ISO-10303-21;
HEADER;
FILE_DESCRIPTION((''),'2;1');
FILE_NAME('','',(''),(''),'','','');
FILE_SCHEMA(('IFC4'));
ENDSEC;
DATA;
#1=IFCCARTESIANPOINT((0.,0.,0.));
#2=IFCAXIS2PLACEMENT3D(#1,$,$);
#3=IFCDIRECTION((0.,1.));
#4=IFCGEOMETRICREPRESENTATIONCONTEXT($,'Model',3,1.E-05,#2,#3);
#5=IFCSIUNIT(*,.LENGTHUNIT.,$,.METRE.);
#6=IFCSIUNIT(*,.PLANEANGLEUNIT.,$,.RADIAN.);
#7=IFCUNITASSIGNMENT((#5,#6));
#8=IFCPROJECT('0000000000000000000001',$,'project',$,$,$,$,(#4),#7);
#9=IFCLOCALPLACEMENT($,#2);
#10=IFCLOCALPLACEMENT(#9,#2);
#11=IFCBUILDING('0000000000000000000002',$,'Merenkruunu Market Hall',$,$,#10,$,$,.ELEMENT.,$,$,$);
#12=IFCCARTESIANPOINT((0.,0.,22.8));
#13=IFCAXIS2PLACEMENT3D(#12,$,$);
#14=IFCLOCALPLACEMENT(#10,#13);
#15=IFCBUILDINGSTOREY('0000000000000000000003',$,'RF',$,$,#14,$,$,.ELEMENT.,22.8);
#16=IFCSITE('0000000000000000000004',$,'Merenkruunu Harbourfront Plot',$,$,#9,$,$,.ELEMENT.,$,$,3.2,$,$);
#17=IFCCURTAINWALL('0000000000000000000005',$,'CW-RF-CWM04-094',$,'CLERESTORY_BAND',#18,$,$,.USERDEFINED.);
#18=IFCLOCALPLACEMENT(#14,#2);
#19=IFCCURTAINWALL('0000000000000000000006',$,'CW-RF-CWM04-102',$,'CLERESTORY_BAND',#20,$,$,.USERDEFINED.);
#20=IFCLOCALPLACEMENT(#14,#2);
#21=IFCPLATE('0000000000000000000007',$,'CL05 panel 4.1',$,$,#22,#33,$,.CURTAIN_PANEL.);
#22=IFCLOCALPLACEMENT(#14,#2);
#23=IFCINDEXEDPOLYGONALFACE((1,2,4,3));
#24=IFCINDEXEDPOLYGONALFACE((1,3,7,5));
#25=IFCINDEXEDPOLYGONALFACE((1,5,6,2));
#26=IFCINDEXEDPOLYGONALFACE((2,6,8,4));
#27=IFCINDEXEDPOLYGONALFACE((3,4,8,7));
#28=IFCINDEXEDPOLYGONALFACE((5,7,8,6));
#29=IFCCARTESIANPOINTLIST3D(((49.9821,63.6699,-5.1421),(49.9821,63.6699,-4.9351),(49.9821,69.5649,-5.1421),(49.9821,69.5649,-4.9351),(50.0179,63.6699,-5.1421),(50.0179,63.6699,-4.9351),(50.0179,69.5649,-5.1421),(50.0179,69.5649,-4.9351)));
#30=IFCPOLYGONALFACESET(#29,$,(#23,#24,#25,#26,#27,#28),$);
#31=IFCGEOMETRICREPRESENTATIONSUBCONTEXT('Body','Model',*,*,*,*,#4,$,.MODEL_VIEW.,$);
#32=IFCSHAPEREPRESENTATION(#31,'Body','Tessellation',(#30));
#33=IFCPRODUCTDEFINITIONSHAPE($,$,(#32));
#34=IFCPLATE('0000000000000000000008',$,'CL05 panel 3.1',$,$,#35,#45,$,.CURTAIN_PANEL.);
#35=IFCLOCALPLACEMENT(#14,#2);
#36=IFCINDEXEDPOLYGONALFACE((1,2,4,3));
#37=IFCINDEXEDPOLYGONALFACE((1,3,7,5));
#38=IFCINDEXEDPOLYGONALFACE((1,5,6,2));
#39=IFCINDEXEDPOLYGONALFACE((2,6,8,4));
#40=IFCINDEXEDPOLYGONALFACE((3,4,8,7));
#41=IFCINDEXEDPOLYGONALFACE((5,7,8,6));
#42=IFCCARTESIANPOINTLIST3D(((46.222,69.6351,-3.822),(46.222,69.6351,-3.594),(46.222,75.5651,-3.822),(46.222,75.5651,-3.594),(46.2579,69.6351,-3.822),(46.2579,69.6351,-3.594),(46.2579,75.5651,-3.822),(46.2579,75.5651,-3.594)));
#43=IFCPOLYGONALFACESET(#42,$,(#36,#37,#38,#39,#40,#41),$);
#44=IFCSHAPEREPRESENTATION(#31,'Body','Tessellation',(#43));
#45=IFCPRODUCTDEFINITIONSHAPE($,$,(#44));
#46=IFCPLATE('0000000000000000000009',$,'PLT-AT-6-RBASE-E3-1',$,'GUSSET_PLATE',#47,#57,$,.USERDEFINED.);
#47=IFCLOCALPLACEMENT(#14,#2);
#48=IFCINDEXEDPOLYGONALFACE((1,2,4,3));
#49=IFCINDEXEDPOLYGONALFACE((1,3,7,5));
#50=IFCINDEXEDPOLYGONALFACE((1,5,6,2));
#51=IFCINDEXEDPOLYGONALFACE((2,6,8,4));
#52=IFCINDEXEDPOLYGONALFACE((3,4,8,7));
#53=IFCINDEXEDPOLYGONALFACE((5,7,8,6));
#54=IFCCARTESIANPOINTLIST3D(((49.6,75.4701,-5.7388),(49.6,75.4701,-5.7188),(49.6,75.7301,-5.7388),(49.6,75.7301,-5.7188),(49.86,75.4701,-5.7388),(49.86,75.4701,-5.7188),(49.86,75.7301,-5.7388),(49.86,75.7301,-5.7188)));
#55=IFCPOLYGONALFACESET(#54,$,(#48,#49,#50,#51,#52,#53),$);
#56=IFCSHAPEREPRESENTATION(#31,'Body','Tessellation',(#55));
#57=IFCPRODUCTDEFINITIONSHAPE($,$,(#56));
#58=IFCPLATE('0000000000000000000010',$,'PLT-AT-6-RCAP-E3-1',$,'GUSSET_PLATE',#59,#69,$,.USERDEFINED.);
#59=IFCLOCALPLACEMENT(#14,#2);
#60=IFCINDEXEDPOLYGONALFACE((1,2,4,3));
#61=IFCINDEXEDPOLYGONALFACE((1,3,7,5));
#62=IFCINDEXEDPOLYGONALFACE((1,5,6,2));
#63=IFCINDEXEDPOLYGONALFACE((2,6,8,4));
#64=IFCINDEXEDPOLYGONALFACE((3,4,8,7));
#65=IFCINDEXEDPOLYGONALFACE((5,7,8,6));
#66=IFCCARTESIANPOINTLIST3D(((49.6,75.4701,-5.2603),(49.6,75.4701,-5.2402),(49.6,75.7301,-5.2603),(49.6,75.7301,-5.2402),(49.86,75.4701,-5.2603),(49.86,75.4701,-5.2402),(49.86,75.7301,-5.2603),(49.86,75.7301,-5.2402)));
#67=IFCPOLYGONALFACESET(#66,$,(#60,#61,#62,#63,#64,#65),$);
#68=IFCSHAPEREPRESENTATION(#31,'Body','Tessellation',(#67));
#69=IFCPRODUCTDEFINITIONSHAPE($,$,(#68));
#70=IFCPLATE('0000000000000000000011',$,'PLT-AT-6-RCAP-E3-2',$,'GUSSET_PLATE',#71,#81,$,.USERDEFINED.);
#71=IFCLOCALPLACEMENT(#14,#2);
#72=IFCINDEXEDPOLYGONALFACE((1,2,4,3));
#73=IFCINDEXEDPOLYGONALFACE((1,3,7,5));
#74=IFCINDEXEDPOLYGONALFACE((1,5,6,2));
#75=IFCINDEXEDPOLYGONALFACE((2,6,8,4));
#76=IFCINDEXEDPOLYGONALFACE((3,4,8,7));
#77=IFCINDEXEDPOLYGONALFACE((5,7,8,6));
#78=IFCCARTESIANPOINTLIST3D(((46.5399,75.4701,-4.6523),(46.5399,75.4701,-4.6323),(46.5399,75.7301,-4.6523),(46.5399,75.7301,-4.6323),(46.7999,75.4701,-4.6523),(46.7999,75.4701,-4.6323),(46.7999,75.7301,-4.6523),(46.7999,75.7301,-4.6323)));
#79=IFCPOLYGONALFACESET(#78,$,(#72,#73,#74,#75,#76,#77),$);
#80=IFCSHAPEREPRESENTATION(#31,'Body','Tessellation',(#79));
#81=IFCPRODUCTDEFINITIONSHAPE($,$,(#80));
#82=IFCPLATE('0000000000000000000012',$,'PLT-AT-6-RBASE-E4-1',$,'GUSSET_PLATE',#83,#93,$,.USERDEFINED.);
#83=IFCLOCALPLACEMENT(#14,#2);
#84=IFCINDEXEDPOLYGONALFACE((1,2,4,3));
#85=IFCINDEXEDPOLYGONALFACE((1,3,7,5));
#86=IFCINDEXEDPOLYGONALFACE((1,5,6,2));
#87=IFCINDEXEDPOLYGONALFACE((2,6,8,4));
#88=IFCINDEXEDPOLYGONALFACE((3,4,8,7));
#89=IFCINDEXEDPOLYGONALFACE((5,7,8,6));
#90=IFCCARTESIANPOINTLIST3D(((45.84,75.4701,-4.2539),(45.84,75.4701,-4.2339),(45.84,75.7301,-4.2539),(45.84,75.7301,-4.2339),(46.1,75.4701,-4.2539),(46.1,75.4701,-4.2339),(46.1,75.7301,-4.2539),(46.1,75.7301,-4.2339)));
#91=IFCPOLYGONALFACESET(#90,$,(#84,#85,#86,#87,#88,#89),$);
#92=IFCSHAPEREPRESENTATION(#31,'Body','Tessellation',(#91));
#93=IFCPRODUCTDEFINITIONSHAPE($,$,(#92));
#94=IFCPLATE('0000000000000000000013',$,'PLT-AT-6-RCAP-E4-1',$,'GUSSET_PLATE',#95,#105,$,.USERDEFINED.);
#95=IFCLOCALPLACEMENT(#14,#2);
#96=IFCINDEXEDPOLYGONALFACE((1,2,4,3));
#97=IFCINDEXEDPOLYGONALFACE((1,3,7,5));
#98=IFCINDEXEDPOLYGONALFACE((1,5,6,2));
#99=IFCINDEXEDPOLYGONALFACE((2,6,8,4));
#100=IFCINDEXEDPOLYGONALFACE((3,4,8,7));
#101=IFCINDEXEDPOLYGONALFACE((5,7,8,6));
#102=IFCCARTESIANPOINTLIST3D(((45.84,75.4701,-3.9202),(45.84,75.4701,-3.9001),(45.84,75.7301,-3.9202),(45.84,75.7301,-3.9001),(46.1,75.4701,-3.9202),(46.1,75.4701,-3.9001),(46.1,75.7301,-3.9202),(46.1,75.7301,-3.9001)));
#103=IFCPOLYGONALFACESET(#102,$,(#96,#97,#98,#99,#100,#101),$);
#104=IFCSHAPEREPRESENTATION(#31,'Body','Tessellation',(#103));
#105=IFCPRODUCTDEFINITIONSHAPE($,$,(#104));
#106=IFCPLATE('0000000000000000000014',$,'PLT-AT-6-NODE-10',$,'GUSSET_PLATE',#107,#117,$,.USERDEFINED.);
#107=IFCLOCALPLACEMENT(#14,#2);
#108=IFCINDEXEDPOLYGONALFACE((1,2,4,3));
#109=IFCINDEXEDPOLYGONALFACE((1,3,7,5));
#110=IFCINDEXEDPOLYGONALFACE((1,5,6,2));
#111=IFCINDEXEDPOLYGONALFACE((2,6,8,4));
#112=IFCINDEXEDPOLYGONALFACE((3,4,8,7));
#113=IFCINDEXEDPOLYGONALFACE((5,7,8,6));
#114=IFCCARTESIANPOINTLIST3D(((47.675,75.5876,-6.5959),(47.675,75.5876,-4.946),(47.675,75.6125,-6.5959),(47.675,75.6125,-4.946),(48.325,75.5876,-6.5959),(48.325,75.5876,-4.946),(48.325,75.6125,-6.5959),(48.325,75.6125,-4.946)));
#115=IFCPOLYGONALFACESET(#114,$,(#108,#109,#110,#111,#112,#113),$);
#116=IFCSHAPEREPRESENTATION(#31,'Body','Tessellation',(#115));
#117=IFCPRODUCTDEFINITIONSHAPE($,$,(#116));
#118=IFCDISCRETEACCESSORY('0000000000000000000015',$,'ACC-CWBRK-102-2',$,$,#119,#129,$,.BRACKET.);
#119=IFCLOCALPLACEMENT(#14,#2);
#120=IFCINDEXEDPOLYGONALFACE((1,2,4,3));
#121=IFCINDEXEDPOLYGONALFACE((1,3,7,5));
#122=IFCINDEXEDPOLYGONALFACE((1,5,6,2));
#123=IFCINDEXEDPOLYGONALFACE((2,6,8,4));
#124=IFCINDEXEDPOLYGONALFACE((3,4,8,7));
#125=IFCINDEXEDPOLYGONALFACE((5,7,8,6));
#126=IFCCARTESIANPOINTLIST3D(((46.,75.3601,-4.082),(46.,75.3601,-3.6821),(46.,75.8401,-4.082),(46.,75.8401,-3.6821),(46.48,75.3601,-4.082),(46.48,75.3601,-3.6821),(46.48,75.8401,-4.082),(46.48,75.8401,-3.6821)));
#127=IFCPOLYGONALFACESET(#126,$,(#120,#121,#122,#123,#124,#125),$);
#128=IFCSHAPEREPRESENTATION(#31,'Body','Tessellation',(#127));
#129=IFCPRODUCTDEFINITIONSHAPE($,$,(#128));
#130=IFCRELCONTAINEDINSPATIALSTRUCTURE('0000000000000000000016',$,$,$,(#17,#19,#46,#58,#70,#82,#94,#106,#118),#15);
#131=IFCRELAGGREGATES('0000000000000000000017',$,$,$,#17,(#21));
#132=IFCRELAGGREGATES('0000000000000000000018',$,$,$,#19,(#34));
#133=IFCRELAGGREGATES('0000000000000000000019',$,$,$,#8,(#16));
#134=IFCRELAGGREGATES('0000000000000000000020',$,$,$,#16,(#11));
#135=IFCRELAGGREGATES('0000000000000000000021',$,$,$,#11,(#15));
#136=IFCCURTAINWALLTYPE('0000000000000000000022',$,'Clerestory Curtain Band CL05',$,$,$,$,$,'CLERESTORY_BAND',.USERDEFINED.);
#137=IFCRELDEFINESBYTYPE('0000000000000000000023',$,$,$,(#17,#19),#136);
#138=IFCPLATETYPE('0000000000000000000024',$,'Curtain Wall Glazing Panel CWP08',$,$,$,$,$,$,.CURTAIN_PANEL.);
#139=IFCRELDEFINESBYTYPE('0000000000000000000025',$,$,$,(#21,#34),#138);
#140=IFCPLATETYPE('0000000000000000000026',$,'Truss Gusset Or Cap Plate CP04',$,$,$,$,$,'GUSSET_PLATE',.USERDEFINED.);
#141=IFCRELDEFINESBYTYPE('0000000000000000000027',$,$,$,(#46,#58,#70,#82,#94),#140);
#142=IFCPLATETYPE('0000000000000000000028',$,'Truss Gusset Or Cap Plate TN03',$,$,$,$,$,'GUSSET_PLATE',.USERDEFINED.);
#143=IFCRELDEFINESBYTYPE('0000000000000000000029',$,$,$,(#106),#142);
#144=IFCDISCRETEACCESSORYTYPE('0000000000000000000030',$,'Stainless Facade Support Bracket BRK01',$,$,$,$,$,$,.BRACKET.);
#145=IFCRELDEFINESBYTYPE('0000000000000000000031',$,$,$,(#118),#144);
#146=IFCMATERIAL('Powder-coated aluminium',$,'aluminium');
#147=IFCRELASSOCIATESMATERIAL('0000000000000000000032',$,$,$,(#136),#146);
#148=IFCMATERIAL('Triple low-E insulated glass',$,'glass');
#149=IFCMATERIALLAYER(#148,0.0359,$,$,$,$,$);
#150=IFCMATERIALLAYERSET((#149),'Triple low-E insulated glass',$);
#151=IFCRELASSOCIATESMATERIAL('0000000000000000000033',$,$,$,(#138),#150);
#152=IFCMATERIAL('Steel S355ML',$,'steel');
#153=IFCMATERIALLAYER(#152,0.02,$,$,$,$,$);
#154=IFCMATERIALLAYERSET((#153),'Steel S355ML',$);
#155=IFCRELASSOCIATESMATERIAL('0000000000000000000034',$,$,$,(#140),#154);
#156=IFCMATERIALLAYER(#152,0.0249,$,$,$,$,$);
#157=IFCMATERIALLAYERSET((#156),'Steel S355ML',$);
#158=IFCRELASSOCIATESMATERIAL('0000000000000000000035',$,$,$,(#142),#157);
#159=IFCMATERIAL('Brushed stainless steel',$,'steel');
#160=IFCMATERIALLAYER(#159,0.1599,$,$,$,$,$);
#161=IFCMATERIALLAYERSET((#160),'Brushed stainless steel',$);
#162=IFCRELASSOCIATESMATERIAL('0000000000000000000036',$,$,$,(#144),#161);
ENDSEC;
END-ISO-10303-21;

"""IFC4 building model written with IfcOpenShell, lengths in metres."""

from ifc_helpers import new_model, si_unit, direction, frame, origin, origin_2d, place, context, subcontext, project, spatial, rectangle, extrude, material, layer, layer_set, type_object, element, aggregate, save


model = new_model("IFC4")

# Units and contexts
model_context = context("Model", 3, precision=1e-05, world=origin(), true_north=direction((0.0, 1.0)))
body_context = subcontext(model_context, "Body", "Model", "MODEL_VIEW")
ifc_project = project(units=[si_unit("LENGTHUNIT", "METRE"), si_unit("PLANEANGLEUNIT", "RADIAN")], contexts=[model_context])

# Site, building, storey
site_placement = place(None, origin())
site = spatial("IfcSite", under=ifc_project, at=site_placement, Name="Merenkruunu Harbourfront Plot", CompositionType="ELEMENT", RefElevation=3.2)
building_placement = place(site_placement, origin())
building = spatial("IfcBuilding", under=site, at=building_placement, Name="Merenkruunu Market Hall", CompositionType="ELEMENT")
storey_placement = place(building_placement, frame((0.0, 0.0, 22.8)))
storey = spatial("IfcBuildingStorey", under=building, at=storey_placement, Name="RF", CompositionType="ELEMENT", Elevation=22.8)

# Shared definitions
ifc_material_1 = material(Name="Steel S355ML", Category="steel")

# Curtain wall
ifc_material_2 = material(Name="Powder-coated aluminium", Category="aluminium")
curtain_wall_type = type_object("IfcCurtainWallType", Name="Clerestory Curtain Band CL05", ElementType="CLERESTORY_BAND", PredefinedType="USERDEFINED", material=ifc_material_2)
curtain_wall_1_placement = place(storey_placement, origin())
curtain_wall_1 = element("IfcCurtainWall", 1, at=curtain_wall_1_placement, inside=storey, type_object=curtain_wall_type, Name="CW-RF-CWM04-094", ObjectType="CLERESTORY_BAND", PredefinedType="USERDEFINED")

# Curtain wall
curtain_wall_2_placement = place(storey_placement, origin())
curtain_wall_2 = element("IfcCurtainWall", 2, at=curtain_wall_2_placement, inside=storey, type_object=curtain_wall_type, Name="CW-RF-CWM04-102", ObjectType="CLERESTORY_BAND", PredefinedType="USERDEFINED")

# Plates
ifc_material_3 = material(Name="Triple low-E insulated glass", Category="glass")
ifc_layer_1 = layer(ifc_material_3, 0.0359)
ifc_layer_set_1 = layer_set([ifc_layer_1], Name="Triple low-E insulated glass")
plate_type_1 = type_object("IfcPlateType", Name="Curtain Wall Glazing Panel CWP08", PredefinedType="CURTAIN_PANEL", material=ifc_layer_set_1)
plate_1_placement = place(storey_placement, frame((50.0, 66.6174, -5.1421), z_axis=(0.0, 0.0, 1.0), x_axis=(0.0, -1.0, 0.0)))
plate_1 = element("IfcPlate", 3, at=plate_1_placement, type_object=plate_type_1, Name="CL05 panel 4.1", PredefinedType="CURTAIN_PANEL", context=body_context, shape_type="SweptSolid", body=[
    extrude(rectangle(XDim=5.895, YDim=0.0359, at=origin_2d()), origin(), (0.0, 0.0, 1.0), 0.207),
])
aggregate(curtain_wall_1, [plate_1])
plate_2_placement = place(storey_placement, frame((46.24, 72.6001, -3.822), z_axis=(0.0, 0.0, 1.0), x_axis=(0.0, -1.0, 0.0)))
plate_2 = element("IfcPlate", 4, at=plate_2_placement, type_object=plate_type_1, Name="CL05 panel 3.1", PredefinedType="CURTAIN_PANEL", context=body_context, shape_type="SweptSolid", body=[
    extrude(rectangle(XDim=5.9299, YDim=0.0359, at=origin_2d()), origin(), (0.0, 0.0, 1.0), 0.228),
])
aggregate(curtain_wall_2, [plate_2])

# Plates
ifc_layer_2 = layer(ifc_material_1, 0.02)
ifc_layer_set_2 = layer_set([ifc_layer_2], Name="Steel S355ML")
plate_type_2 = type_object("IfcPlateType", Name="Truss Gusset Or Cap Plate CP04", ElementType="GUSSET_PLATE", PredefinedType="USERDEFINED", material=ifc_layer_set_2)
for number, where, z_axis, x_axis, name in (
    (5, (49.73, 75.6001, -5.7388), (0.0, 0.0, 1.0), (1.0, 0.0, 0.0), "PLT-AT-6-RBASE-E3-1"),
    (6, (49.73, 75.6001, -5.2603), (0.0, 0.0, 1.0), (1.0, 0.0, 0.0), "PLT-AT-6-RCAP-E3-1"),
    (7, (46.6699, 75.6001, -4.6523), (0.0, 0.0, 1.0), (1.0, 0.0, 0.0), "PLT-AT-6-RCAP-E3-2"),
    (8, (45.97, 75.6001, -4.2539), (0.0, 0.0, 1.0), (1.0, 0.0, 0.0), "PLT-AT-6-RBASE-E4-1"),
    (9, (45.97, 75.6001, -3.9202), (0.0, 0.0, 1.0), (1.0, 0.0, 0.0), "PLT-AT-6-RCAP-E4-1"),
):
    element("IfcPlate", number, at=place(storey_placement, frame(where, z_axis=z_axis, x_axis=x_axis)), inside=storey, type_object=plate_type_2, Name=name, ObjectType="GUSSET_PLATE", PredefinedType="USERDEFINED", context=body_context, shape_type="SweptSolid", body=[
        extrude(rectangle(XDim=0.26, YDim=0.26, at=origin_2d()), origin(), (0.0, 0.0, 1.0), 0.02),
    ])
ifc_layer_3 = layer(ifc_material_1, 0.0249)
ifc_layer_set_3 = layer_set([ifc_layer_3], Name="Steel S355ML")
plate_type_3 = type_object("IfcPlateType", Name="Truss Gusset Or Cap Plate TN03", ElementType="GUSSET_PLATE", PredefinedType="USERDEFINED", material=ifc_layer_set_3)
plate_3_placement = place(storey_placement, frame((48.0, 75.6001, -6.5959), z_axis=(0.0, 0.0, 1.0), x_axis=(1.0, 0.0, 0.0)))
element("IfcPlate", 10, at=plate_3_placement, inside=storey, type_object=plate_type_3, Name="PLT-AT-6-NODE-10", ObjectType="GUSSET_PLATE", PredefinedType="USERDEFINED", context=body_context, shape_type="SweptSolid", body=[
    extrude(rectangle(XDim=0.6499, YDim=0.0249, at=origin_2d()), origin(), (0.0, 0.0, 1.0), 1.6499),
])

# Discrete accessory
ifc_material_4 = material(Name="Brushed stainless steel", Category="steel")
ifc_layer_4 = layer(ifc_material_4, 0.1599)
ifc_layer_set_4 = layer_set([ifc_layer_4], Name="Brushed stainless steel")
discrete_accessory_type = type_object("IfcDiscreteAccessoryType", Name="Stainless Facade Support Bracket BRK01", PredefinedType="BRACKET", material=ifc_layer_set_4)
discrete_accessory_placement = place(storey_placement, frame((46.24, 75.6001, -4.082), z_axis=(0.0, 0.0, 1.0), x_axis=(1.0, 0.0, 0.0)))
element("IfcDiscreteAccessory", 11, at=discrete_accessory_placement, inside=storey, type_object=discrete_accessory_type, Name="ACC-CWBRK-102-2", PredefinedType="BRACKET", context=body_context, shape_type="SweptSolid", body=[
    extrude(rectangle(XDim=0.48, YDim=0.48, at=origin_2d()), origin(), (0.0, 0.0, 1.0), 0.3999),
])

save(model, "model.ifc")
